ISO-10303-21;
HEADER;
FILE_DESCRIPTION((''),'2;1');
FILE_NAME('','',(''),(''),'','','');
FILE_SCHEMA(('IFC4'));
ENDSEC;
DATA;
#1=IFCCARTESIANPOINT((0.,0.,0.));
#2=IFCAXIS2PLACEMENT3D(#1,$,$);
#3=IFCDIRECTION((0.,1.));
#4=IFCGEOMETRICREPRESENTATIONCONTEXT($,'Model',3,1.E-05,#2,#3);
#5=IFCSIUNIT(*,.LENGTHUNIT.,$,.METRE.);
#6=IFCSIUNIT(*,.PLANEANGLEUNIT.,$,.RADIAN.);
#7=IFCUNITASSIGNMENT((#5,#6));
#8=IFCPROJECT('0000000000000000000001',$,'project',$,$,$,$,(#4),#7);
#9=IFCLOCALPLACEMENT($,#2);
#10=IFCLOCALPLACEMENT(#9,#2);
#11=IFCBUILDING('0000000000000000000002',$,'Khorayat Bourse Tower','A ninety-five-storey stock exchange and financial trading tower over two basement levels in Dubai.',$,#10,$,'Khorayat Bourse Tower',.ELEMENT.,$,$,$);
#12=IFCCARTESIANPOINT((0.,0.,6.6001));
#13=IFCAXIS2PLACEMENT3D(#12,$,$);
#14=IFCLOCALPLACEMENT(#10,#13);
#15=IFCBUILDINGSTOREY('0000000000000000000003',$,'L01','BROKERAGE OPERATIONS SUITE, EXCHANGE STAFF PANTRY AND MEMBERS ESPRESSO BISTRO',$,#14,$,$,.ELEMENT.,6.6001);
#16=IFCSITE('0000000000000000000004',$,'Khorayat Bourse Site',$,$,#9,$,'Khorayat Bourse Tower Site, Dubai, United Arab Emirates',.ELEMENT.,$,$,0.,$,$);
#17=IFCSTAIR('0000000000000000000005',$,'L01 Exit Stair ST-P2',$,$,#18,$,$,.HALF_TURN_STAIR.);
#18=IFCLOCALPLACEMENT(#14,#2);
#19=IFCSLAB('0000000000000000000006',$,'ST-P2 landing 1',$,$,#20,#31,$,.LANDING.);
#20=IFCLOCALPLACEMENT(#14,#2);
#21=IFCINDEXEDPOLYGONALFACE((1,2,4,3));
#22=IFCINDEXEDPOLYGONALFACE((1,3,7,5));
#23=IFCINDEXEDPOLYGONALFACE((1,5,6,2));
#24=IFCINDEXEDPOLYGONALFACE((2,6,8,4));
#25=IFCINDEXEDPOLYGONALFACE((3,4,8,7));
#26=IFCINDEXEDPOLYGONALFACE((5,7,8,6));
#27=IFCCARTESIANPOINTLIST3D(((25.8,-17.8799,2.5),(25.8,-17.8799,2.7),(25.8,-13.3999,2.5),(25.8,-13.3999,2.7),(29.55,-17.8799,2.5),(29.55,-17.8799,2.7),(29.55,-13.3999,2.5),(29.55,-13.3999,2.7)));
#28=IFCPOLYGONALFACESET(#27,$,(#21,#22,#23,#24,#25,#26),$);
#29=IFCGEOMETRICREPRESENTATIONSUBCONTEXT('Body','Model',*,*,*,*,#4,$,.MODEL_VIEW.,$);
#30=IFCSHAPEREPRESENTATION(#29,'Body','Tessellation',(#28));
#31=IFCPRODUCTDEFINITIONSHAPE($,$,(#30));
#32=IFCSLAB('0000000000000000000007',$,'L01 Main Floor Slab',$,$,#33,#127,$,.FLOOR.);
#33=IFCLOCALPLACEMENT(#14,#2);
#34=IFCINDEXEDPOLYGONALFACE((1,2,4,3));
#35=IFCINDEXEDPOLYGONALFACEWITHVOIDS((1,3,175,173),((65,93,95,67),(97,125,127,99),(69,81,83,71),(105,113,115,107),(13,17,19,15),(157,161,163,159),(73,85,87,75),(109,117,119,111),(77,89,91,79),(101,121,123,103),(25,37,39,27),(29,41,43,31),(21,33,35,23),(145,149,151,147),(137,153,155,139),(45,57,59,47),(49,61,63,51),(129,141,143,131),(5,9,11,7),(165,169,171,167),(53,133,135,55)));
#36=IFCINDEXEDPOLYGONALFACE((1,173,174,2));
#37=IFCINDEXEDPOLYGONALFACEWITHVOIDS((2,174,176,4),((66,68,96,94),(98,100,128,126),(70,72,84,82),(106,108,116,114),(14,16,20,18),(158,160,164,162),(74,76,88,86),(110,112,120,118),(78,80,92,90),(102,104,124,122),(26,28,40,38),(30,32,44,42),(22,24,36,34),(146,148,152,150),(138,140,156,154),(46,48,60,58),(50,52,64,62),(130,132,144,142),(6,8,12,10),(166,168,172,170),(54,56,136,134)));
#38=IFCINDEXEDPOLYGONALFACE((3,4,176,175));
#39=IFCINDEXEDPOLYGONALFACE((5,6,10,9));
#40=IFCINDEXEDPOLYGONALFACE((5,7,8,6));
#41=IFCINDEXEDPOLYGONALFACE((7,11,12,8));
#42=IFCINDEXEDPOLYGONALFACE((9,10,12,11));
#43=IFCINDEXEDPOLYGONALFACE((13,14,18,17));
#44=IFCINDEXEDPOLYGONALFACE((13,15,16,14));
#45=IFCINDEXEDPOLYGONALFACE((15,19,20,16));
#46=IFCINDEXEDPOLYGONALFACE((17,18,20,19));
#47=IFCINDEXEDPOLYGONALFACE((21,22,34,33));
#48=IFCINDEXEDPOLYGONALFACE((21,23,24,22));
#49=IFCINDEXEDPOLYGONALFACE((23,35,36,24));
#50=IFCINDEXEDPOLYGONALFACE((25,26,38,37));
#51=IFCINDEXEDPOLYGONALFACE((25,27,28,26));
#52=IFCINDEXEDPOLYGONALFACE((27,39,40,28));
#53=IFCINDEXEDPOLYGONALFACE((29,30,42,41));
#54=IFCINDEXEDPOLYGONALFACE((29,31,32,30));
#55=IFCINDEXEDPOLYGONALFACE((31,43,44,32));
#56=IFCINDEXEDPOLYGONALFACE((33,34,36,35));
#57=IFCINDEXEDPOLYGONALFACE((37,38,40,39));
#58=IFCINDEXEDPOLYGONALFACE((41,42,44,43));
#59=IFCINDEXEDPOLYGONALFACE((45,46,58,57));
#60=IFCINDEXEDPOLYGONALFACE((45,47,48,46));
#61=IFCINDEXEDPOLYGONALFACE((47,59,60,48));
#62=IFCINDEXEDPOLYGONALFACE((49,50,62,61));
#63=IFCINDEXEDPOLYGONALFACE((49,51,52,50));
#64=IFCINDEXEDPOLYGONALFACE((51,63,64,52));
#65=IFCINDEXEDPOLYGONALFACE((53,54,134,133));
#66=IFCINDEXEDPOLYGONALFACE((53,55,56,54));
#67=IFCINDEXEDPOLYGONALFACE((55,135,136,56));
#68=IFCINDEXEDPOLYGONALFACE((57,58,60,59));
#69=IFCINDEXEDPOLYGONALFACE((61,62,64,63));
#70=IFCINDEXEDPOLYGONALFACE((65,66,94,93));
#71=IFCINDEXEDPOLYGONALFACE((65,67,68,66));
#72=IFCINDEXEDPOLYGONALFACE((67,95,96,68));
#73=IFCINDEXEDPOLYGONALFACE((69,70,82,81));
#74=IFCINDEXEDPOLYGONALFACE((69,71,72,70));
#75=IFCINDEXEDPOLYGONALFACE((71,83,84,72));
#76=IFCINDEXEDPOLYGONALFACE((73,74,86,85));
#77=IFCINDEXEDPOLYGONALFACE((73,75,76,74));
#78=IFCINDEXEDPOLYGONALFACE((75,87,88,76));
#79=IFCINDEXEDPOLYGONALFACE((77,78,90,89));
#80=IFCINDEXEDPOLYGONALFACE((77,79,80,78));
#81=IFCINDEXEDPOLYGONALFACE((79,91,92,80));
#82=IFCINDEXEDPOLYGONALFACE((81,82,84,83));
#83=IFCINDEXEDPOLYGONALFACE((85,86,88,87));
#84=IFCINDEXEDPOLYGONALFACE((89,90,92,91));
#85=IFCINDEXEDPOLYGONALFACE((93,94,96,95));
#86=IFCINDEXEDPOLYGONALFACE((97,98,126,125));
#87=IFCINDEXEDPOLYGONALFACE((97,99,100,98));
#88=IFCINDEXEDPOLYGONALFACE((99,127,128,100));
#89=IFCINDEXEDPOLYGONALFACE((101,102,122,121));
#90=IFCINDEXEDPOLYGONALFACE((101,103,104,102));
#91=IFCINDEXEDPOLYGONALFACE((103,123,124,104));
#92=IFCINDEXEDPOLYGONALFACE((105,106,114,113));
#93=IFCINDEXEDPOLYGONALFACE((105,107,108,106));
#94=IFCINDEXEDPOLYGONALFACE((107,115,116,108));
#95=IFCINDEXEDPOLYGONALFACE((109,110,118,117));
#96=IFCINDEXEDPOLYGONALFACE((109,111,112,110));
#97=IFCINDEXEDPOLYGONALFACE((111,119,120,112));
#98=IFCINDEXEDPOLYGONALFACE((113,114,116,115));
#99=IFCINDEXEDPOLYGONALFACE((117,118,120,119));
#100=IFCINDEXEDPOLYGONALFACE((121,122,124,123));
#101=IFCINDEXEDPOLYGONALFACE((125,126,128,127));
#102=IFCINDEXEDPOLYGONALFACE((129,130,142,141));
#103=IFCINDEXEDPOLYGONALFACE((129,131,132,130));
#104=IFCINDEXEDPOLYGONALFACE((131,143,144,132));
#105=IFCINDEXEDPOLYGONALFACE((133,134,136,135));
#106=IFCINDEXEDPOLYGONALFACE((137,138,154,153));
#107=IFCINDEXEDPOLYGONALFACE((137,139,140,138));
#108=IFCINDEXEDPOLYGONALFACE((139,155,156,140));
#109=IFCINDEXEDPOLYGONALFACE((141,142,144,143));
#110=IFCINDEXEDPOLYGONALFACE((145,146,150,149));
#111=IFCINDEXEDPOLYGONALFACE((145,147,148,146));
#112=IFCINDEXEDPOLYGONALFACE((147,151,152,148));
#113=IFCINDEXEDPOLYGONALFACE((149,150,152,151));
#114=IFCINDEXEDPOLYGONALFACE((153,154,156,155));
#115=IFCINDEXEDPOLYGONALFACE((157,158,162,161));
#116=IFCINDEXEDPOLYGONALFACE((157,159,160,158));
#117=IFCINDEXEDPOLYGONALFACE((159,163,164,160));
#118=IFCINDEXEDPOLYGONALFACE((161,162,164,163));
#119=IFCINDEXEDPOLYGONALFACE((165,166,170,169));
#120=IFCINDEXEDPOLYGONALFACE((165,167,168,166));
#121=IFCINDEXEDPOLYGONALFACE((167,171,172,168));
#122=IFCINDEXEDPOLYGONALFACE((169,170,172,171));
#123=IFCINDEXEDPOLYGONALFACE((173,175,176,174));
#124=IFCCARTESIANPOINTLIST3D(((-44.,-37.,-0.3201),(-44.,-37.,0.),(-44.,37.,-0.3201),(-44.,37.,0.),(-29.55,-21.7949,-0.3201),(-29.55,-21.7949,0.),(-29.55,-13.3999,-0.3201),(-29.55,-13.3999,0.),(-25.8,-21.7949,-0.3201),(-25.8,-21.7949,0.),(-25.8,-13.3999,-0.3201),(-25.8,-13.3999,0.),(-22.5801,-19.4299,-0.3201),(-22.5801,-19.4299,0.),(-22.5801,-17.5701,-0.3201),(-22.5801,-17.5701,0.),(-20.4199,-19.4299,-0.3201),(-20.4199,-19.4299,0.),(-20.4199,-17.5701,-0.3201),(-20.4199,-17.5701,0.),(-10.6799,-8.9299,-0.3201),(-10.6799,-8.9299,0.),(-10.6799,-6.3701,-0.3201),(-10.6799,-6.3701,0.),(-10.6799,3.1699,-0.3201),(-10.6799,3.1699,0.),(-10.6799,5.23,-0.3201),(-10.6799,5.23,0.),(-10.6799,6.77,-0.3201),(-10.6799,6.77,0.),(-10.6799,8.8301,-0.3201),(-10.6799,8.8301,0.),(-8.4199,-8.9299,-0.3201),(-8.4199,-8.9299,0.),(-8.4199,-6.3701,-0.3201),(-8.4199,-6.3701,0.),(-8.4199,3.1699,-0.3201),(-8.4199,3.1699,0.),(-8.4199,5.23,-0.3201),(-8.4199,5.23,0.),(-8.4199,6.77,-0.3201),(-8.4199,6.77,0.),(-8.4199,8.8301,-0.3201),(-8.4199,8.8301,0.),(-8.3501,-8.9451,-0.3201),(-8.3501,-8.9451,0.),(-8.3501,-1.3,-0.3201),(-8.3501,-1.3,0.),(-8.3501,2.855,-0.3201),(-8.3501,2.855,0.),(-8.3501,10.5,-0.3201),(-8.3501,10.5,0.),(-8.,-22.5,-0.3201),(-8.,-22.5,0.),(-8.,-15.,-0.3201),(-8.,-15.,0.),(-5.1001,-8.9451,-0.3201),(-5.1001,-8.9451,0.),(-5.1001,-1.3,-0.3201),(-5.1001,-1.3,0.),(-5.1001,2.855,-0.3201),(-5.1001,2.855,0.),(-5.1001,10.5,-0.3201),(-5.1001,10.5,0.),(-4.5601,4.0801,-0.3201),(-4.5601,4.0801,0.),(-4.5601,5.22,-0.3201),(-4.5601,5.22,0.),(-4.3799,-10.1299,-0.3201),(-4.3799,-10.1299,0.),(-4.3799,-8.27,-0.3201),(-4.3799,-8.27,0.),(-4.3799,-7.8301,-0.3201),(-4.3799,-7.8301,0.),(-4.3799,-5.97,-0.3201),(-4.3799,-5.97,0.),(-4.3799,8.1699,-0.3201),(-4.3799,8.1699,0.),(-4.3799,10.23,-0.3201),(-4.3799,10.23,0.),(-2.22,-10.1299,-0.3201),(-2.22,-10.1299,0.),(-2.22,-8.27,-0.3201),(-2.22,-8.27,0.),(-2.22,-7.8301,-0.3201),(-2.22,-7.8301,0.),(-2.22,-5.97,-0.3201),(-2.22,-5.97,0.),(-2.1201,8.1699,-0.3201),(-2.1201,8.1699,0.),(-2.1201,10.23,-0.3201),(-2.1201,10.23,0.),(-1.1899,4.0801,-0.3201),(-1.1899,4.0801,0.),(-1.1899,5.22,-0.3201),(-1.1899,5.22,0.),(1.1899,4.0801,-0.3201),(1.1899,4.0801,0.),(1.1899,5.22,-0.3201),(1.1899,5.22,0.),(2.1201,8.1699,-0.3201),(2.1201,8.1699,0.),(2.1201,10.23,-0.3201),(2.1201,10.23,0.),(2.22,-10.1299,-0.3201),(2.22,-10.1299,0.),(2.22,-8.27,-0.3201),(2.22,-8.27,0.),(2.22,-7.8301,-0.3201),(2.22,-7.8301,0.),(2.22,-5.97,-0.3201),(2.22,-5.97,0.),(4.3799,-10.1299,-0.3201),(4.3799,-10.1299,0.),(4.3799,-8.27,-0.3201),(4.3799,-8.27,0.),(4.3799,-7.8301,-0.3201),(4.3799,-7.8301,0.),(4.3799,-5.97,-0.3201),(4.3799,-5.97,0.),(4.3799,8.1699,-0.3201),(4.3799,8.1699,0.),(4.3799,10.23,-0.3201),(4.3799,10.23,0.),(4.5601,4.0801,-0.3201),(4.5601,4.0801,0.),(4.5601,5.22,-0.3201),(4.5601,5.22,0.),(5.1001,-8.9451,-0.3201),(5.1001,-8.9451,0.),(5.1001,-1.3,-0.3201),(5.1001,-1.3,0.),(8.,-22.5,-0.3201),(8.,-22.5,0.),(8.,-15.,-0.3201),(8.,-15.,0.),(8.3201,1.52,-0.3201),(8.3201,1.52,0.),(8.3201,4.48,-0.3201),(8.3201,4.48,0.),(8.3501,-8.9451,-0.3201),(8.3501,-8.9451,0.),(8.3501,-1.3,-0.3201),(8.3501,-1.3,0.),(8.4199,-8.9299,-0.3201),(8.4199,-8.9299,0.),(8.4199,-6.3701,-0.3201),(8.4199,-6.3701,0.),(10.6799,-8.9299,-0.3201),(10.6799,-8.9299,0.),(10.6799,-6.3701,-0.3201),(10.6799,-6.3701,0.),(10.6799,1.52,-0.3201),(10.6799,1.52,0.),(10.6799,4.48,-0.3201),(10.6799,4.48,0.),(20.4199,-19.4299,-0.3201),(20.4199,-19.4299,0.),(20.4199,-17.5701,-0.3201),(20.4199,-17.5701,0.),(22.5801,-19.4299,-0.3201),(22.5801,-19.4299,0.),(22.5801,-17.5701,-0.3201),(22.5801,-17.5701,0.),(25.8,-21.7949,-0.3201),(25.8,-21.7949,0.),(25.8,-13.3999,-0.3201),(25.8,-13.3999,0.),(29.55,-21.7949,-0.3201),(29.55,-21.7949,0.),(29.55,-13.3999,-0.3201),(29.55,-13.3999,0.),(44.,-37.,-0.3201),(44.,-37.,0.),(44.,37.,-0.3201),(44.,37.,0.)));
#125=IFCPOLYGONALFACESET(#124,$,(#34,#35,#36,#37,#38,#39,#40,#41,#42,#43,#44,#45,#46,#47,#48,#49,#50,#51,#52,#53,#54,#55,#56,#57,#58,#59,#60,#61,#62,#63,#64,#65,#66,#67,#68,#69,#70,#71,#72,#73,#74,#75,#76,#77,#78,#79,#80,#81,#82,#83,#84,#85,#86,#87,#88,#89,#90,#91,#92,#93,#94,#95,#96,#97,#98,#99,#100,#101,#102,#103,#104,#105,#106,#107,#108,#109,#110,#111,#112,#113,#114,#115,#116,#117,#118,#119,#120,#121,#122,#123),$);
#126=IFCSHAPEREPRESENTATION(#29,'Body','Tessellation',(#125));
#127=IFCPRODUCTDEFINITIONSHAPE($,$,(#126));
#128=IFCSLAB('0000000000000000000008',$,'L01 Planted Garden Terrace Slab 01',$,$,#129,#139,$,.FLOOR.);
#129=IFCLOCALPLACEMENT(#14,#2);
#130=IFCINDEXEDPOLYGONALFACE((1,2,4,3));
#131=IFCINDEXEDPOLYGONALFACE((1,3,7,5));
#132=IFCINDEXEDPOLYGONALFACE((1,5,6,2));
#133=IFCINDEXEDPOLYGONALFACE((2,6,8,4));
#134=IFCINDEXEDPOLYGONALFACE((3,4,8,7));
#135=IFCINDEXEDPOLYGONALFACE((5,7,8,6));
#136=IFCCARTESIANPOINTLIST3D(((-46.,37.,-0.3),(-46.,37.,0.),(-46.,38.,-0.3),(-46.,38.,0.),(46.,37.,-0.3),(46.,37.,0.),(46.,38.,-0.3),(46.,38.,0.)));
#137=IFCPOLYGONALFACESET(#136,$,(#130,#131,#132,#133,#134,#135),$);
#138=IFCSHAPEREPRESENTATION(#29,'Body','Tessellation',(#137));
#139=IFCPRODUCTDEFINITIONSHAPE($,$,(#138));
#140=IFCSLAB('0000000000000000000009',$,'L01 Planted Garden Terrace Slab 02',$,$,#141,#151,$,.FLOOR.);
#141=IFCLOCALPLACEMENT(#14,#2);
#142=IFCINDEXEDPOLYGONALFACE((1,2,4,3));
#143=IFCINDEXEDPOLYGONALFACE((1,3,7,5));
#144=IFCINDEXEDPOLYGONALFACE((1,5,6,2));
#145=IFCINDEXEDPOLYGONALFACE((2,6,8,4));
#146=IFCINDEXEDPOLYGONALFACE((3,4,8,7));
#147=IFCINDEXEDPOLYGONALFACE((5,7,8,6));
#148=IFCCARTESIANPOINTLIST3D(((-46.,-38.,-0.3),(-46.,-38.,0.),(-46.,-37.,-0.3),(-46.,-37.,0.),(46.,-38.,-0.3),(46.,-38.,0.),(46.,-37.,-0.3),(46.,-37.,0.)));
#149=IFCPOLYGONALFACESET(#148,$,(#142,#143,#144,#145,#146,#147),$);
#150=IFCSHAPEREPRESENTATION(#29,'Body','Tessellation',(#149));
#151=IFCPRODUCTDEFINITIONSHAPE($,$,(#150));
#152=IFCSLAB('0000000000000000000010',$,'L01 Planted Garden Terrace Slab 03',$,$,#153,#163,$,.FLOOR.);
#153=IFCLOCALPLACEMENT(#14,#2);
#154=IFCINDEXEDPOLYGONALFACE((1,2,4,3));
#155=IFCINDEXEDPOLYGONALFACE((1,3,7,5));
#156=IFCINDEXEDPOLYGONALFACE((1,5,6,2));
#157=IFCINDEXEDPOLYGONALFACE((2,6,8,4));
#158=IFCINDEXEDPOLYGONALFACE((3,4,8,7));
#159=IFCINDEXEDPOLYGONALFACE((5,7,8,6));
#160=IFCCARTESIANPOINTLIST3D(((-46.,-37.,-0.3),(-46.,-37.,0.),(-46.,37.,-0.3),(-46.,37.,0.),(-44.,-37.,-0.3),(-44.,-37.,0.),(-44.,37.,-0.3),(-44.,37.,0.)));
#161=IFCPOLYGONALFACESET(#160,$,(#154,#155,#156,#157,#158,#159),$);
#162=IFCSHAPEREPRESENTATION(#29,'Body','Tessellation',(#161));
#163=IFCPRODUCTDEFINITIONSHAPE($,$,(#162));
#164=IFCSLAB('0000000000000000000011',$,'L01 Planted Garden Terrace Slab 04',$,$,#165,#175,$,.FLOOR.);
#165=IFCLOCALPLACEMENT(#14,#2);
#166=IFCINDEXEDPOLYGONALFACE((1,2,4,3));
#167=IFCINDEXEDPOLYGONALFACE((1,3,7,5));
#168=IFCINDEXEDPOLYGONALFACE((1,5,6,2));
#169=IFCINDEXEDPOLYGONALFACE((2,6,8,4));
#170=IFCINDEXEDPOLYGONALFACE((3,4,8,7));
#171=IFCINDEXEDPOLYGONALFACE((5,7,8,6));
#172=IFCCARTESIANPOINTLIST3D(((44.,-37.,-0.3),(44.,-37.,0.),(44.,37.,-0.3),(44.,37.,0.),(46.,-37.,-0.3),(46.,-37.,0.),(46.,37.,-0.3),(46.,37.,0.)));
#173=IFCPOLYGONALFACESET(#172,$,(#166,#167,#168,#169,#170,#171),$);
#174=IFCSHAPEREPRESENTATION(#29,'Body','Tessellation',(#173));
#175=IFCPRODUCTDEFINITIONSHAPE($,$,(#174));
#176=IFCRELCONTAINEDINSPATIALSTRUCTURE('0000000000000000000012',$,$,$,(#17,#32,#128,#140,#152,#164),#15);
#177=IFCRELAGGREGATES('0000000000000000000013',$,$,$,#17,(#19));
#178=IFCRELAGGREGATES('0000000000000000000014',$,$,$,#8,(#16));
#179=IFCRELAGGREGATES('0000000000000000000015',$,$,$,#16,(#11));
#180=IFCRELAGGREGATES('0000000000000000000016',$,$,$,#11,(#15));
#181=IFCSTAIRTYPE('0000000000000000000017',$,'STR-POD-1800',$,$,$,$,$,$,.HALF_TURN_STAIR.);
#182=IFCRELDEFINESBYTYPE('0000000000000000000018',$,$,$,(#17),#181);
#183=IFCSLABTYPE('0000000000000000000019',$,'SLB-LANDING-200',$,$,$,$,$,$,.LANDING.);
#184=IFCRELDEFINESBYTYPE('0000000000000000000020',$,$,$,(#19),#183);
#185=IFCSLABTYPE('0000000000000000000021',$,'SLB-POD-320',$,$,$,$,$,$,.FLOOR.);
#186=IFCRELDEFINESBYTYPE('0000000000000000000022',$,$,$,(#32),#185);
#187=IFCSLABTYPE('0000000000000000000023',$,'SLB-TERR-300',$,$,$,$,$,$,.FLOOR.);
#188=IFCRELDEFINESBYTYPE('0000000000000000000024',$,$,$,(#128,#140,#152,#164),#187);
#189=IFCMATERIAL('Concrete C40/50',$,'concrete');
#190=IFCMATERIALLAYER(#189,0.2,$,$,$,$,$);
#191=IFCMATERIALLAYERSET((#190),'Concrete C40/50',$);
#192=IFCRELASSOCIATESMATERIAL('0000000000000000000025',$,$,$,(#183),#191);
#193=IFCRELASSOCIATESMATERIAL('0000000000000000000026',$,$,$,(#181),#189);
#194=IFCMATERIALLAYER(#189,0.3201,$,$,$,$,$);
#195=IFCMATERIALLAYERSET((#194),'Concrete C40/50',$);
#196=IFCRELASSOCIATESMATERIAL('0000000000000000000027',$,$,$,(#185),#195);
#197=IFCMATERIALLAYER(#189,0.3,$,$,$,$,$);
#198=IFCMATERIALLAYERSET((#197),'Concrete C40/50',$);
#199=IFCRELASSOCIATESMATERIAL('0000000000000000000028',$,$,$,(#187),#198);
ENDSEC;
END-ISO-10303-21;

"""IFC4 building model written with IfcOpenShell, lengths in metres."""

from ifc_helpers import new_model, si_unit, direction, frame, origin, place, context, subcontext, project, spatial, polyline, outline, extrude, material, layer, layer_set, type_object, element, aggregate, save


model = new_model("IFC4")

# Units and contexts
model_context = context("Model", 3, precision=1e-05, world=origin(), true_north=direction((0.0, 1.0)))
body_context = subcontext(model_context, "Body", "Model", "MODEL_VIEW")
ifc_project = project(units=[si_unit("LENGTHUNIT", "METRE"), si_unit("PLANEANGLEUNIT", "RADIAN")], contexts=[model_context])

# Site, building, storey
site_placement = place(None, origin())
site = spatial("IfcSite", under=ifc_project, at=site_placement, Name="Khorayat Bourse Site", LongName="Khorayat Bourse Tower Site, Dubai, United Arab Emirates", CompositionType="ELEMENT", RefElevation=0.0)
building_placement = place(site_placement, origin())
building = spatial("IfcBuilding", under=site, at=building_placement, Name="Khorayat Bourse Tower", Description="A ninety-five-storey stock exchange and financial trading tower over two basement levels in Dubai.", LongName="Khorayat Bourse Tower", CompositionType="ELEMENT")
storey_placement = place(building_placement, frame((0.0, 0.0, 6.6001)))
storey = spatial("IfcBuildingStorey", under=building, at=storey_placement, Name="L01", Description="BROKERAGE OPERATIONS SUITE, EXCHANGE STAFF PANTRY AND MEMBERS ESPRESSO BISTRO", CompositionType="ELEMENT", Elevation=6.6001)

# Stair, slab
ifc_material_1 = material(Name="Concrete C40/50", Category="concrete")
ifc_layer_1 = layer(ifc_material_1, 0.2)
ifc_layer_set_1 = layer_set([ifc_layer_1], Name="Concrete C40/50")
slab_type_1 = type_object("IfcSlabType", Name="SLB-LANDING-200", PredefinedType="LANDING", material=ifc_layer_set_1)
stair_type_1 = type_object("IfcStairType", Name="STR-POD-1800", PredefinedType="HALF_TURN_STAIR", material=ifc_material_1)
stair_1_placement = place(storey_placement, origin())
stair_1 = element("IfcStair", 1, at=stair_1_placement, inside=storey, type_object=stair_type_1, Name="L01 Exit Stair ST-P2", PredefinedType="HALF_TURN_STAIR")
slab_1_placement = place(storey_placement, frame((0.0, 0.0, 2.5)))
slab_1 = element("IfcSlab", 2, at=slab_1_placement, type_object=slab_type_1, Name="ST-P2 landing 1", PredefinedType="LANDING", context=body_context, shape_type="SweptSolid", body=[
    extrude(outline(polyline([(29.55, -17.8799), (29.55, -13.3999), (25.8, -13.3999), (25.8, -17.8799), (29.55, -17.8799)])), origin(), (0.0, 0.0, 1.0), 0.2),
])
aggregate(stair_1, [slab_1])

# Slabs
ifc_layer_2 = layer(ifc_material_1, 0.3201)
ifc_layer_set_2 = layer_set([ifc_layer_2], Name="Concrete C40/50")
slab_type_2 = type_object("IfcSlabType", Name="SLB-POD-320", PredefinedType="FLOOR", material=ifc_layer_set_2)
slab_2_placement = place(storey_placement, frame((0.0, 0.0, -0.3201)))
element("IfcSlab", 3, at=slab_2_placement, inside=storey, type_object=slab_type_2, Name="L01 Main Floor Slab", PredefinedType="FLOOR", context=body_context, shape_type="SweptSolid", body=[
    extrude(outline(polyline([(-44.0, -37.0), (44.0, -37.0), (44.0, 37.0), (-44.0, 37.0), (-44.0, -37.0)]), holes=[polyline([(-8.3501, -8.9451), (-5.1001, -8.9451), (-5.1001, -1.3), (-8.3501, -1.3), (-8.3501, -8.9451)]), polyline([(-8.3501, 2.855), (-5.1001, 2.855), (-5.1001, 10.5), (-8.3501, 10.5), (-8.3501, 2.855)]), polyline([(5.1001, -8.9451), (8.3501, -8.9451), (8.3501, -1.3), (5.1001, -1.3), (5.1001, -8.9451)]), polyline([(-29.55, -21.7949), (-25.8, -21.7949), (-25.8, -13.3999), (-29.55, -13.3999), (-29.55, -21.7949)]), polyline([(25.8, -21.7949), (29.55, -21.7949), (29.55, -13.3999), (25.8, -13.3999), (25.8, -21.7949)]), polyline([(-4.3799, -10.1299), (-2.22, -10.1299), (-2.22, -8.27), (-4.3799, -8.27), (-4.3799, -10.1299)]), polyline([(2.22, -10.1299), (4.3799, -10.1299), (4.3799, -8.27), (2.22, -8.27), (2.22, -10.1299)]), polyline([(-4.3799, -7.8301), (-2.22, -7.8301), (-2.22, -5.97), (-4.3799, -5.97), (-4.3799, -7.8301)]), polyline([(2.22, -7.8301), (4.3799, -7.8301), (4.3799, -5.97), (2.22, -5.97), (2.22, -7.8301)]), polyline([(-4.3799, 8.1699), (-2.1201, 8.1699), (-2.1201, 10.23), (-4.3799, 10.23), (-4.3799, 8.1699)]), polyline([(2.1201, 8.1699), (4.3799, 8.1699), (4.3799, 10.23), (2.1201, 10.23), (2.1201, 8.1699)]), polyline([(-10.6799, 3.1699), (-8.4199, 3.1699), (-8.4199, 5.23), (-10.6799, 5.23), (-10.6799, 3.1699)]), polyline([(-10.6799, 6.77), (-8.4199, 6.77), (-8.4199, 8.8301), (-10.6799, 8.8301), (-10.6799, 6.77)]), polyline([(-22.5801, -19.4299), (-20.4199, -19.4299), (-20.4199, -17.5701), (-22.5801, -17.5701), (-22.5801, -19.4299)]), polyline([(20.4199, -19.4299), (22.5801, -19.4299), (22.5801, -17.5701), (20.4199, -17.5701), (20.4199, -19.4299)]), polyline([(-10.6799, -8.9299), (-8.4199, -8.9299), (-8.4199, -6.3701), (-10.6799, -6.3701), (-10.6799, -8.9299)]), polyline([(8.4199, -8.9299), (10.6799, -8.9299), (10.6799, -6.3701), (8.4199, -6.3701), (8.4199, -8.9299)]), polyline([(8.3201, 1.52), (10.6799, 1.52), (10.6799, 4.48), (8.3201, 4.48), (8.3201, 1.52)]), polyline([(-4.5601, 4.0801), (-1.1899, 4.0801), (-1.1899, 5.22), (-4.5601, 5.22), (-4.5601, 4.0801)]), polyline([(1.1899, 4.0801), (4.5601, 4.0801), (4.5601, 5.22), (1.1899, 5.22), (1.1899, 4.0801)]), polyline([(-8.0, -22.5), (8.0, -22.5), (8.0, -15.0), (-8.0, -15.0), (-8.0, -22.5)])]), origin(), (0.0, 0.0, 1.0), 0.3201),
])
ifc_layer_3 = layer(ifc_material_1, 0.3)
ifc_layer_set_3 = layer_set([ifc_layer_3], Name="Concrete C40/50")
slab_type_3 = type_object("IfcSlabType", Name="SLB-TERR-300", PredefinedType="FLOOR", material=ifc_layer_set_3)
slab_3_placement = place(storey_placement, frame((0.0, 0.0, -0.3)))
element("IfcSlab", 4, at=slab_3_placement, inside=storey, type_object=slab_type_3, Name="L01 Planted Garden Terrace Slab 01", PredefinedType="FLOOR", context=body_context, shape_type="SweptSolid", body=[
    extrude(outline(polyline([(-46.0, 37.0), (46.0, 37.0), (46.0, 38.0), (-46.0, 38.0), (-46.0, 37.0)])), origin(), (0.0, 0.0, 1.0), 0.3),
])
slab_4_placement = place(storey_placement, frame((0.0, 0.0, -0.3)))
element("IfcSlab", 5, at=slab_4_placement, inside=storey, type_object=slab_type_3, Name="L01 Planted Garden Terrace Slab 02", PredefinedType="FLOOR", context=body_context, shape_type="SweptSolid", body=[
    extrude(outline(polyline([(-46.0, -38.0), (46.0, -38.0), (46.0, -37.0), (-46.0, -37.0), (-46.0, -38.0)])), origin(), (0.0, 0.0, 1.0), 0.3),
])
slab_5_placement = place(storey_placement, frame((0.0, 0.0, -0.3)))
element("IfcSlab", 6, at=slab_5_placement, inside=storey, type_object=slab_type_3, Name="L01 Planted Garden Terrace Slab 03", PredefinedType="FLOOR", context=body_context, shape_type="SweptSolid", body=[
    extrude(outline(polyline([(-46.0, -37.0), (-44.0, -37.0), (-44.0, 37.0), (-46.0, 37.0), (-46.0, -37.0)])), origin(), (0.0, 0.0, 1.0), 0.3),
])
slab_6_placement = place(storey_placement, frame((0.0, 0.0, -0.3)))
element("IfcSlab", 7, at=slab_6_placement, inside=storey, type_object=slab_type_3, Name="L01 Planted Garden Terrace Slab 04", PredefinedType="FLOOR", context=body_context, shape_type="SweptSolid", body=[
    extrude(outline(polyline([(44.0, -37.0), (46.0, -37.0), (46.0, 37.0), (44.0, 37.0), (44.0, -37.0)])), origin(), (0.0, 0.0, 1.0), 0.3),
])

save(model, "model.ifc")
